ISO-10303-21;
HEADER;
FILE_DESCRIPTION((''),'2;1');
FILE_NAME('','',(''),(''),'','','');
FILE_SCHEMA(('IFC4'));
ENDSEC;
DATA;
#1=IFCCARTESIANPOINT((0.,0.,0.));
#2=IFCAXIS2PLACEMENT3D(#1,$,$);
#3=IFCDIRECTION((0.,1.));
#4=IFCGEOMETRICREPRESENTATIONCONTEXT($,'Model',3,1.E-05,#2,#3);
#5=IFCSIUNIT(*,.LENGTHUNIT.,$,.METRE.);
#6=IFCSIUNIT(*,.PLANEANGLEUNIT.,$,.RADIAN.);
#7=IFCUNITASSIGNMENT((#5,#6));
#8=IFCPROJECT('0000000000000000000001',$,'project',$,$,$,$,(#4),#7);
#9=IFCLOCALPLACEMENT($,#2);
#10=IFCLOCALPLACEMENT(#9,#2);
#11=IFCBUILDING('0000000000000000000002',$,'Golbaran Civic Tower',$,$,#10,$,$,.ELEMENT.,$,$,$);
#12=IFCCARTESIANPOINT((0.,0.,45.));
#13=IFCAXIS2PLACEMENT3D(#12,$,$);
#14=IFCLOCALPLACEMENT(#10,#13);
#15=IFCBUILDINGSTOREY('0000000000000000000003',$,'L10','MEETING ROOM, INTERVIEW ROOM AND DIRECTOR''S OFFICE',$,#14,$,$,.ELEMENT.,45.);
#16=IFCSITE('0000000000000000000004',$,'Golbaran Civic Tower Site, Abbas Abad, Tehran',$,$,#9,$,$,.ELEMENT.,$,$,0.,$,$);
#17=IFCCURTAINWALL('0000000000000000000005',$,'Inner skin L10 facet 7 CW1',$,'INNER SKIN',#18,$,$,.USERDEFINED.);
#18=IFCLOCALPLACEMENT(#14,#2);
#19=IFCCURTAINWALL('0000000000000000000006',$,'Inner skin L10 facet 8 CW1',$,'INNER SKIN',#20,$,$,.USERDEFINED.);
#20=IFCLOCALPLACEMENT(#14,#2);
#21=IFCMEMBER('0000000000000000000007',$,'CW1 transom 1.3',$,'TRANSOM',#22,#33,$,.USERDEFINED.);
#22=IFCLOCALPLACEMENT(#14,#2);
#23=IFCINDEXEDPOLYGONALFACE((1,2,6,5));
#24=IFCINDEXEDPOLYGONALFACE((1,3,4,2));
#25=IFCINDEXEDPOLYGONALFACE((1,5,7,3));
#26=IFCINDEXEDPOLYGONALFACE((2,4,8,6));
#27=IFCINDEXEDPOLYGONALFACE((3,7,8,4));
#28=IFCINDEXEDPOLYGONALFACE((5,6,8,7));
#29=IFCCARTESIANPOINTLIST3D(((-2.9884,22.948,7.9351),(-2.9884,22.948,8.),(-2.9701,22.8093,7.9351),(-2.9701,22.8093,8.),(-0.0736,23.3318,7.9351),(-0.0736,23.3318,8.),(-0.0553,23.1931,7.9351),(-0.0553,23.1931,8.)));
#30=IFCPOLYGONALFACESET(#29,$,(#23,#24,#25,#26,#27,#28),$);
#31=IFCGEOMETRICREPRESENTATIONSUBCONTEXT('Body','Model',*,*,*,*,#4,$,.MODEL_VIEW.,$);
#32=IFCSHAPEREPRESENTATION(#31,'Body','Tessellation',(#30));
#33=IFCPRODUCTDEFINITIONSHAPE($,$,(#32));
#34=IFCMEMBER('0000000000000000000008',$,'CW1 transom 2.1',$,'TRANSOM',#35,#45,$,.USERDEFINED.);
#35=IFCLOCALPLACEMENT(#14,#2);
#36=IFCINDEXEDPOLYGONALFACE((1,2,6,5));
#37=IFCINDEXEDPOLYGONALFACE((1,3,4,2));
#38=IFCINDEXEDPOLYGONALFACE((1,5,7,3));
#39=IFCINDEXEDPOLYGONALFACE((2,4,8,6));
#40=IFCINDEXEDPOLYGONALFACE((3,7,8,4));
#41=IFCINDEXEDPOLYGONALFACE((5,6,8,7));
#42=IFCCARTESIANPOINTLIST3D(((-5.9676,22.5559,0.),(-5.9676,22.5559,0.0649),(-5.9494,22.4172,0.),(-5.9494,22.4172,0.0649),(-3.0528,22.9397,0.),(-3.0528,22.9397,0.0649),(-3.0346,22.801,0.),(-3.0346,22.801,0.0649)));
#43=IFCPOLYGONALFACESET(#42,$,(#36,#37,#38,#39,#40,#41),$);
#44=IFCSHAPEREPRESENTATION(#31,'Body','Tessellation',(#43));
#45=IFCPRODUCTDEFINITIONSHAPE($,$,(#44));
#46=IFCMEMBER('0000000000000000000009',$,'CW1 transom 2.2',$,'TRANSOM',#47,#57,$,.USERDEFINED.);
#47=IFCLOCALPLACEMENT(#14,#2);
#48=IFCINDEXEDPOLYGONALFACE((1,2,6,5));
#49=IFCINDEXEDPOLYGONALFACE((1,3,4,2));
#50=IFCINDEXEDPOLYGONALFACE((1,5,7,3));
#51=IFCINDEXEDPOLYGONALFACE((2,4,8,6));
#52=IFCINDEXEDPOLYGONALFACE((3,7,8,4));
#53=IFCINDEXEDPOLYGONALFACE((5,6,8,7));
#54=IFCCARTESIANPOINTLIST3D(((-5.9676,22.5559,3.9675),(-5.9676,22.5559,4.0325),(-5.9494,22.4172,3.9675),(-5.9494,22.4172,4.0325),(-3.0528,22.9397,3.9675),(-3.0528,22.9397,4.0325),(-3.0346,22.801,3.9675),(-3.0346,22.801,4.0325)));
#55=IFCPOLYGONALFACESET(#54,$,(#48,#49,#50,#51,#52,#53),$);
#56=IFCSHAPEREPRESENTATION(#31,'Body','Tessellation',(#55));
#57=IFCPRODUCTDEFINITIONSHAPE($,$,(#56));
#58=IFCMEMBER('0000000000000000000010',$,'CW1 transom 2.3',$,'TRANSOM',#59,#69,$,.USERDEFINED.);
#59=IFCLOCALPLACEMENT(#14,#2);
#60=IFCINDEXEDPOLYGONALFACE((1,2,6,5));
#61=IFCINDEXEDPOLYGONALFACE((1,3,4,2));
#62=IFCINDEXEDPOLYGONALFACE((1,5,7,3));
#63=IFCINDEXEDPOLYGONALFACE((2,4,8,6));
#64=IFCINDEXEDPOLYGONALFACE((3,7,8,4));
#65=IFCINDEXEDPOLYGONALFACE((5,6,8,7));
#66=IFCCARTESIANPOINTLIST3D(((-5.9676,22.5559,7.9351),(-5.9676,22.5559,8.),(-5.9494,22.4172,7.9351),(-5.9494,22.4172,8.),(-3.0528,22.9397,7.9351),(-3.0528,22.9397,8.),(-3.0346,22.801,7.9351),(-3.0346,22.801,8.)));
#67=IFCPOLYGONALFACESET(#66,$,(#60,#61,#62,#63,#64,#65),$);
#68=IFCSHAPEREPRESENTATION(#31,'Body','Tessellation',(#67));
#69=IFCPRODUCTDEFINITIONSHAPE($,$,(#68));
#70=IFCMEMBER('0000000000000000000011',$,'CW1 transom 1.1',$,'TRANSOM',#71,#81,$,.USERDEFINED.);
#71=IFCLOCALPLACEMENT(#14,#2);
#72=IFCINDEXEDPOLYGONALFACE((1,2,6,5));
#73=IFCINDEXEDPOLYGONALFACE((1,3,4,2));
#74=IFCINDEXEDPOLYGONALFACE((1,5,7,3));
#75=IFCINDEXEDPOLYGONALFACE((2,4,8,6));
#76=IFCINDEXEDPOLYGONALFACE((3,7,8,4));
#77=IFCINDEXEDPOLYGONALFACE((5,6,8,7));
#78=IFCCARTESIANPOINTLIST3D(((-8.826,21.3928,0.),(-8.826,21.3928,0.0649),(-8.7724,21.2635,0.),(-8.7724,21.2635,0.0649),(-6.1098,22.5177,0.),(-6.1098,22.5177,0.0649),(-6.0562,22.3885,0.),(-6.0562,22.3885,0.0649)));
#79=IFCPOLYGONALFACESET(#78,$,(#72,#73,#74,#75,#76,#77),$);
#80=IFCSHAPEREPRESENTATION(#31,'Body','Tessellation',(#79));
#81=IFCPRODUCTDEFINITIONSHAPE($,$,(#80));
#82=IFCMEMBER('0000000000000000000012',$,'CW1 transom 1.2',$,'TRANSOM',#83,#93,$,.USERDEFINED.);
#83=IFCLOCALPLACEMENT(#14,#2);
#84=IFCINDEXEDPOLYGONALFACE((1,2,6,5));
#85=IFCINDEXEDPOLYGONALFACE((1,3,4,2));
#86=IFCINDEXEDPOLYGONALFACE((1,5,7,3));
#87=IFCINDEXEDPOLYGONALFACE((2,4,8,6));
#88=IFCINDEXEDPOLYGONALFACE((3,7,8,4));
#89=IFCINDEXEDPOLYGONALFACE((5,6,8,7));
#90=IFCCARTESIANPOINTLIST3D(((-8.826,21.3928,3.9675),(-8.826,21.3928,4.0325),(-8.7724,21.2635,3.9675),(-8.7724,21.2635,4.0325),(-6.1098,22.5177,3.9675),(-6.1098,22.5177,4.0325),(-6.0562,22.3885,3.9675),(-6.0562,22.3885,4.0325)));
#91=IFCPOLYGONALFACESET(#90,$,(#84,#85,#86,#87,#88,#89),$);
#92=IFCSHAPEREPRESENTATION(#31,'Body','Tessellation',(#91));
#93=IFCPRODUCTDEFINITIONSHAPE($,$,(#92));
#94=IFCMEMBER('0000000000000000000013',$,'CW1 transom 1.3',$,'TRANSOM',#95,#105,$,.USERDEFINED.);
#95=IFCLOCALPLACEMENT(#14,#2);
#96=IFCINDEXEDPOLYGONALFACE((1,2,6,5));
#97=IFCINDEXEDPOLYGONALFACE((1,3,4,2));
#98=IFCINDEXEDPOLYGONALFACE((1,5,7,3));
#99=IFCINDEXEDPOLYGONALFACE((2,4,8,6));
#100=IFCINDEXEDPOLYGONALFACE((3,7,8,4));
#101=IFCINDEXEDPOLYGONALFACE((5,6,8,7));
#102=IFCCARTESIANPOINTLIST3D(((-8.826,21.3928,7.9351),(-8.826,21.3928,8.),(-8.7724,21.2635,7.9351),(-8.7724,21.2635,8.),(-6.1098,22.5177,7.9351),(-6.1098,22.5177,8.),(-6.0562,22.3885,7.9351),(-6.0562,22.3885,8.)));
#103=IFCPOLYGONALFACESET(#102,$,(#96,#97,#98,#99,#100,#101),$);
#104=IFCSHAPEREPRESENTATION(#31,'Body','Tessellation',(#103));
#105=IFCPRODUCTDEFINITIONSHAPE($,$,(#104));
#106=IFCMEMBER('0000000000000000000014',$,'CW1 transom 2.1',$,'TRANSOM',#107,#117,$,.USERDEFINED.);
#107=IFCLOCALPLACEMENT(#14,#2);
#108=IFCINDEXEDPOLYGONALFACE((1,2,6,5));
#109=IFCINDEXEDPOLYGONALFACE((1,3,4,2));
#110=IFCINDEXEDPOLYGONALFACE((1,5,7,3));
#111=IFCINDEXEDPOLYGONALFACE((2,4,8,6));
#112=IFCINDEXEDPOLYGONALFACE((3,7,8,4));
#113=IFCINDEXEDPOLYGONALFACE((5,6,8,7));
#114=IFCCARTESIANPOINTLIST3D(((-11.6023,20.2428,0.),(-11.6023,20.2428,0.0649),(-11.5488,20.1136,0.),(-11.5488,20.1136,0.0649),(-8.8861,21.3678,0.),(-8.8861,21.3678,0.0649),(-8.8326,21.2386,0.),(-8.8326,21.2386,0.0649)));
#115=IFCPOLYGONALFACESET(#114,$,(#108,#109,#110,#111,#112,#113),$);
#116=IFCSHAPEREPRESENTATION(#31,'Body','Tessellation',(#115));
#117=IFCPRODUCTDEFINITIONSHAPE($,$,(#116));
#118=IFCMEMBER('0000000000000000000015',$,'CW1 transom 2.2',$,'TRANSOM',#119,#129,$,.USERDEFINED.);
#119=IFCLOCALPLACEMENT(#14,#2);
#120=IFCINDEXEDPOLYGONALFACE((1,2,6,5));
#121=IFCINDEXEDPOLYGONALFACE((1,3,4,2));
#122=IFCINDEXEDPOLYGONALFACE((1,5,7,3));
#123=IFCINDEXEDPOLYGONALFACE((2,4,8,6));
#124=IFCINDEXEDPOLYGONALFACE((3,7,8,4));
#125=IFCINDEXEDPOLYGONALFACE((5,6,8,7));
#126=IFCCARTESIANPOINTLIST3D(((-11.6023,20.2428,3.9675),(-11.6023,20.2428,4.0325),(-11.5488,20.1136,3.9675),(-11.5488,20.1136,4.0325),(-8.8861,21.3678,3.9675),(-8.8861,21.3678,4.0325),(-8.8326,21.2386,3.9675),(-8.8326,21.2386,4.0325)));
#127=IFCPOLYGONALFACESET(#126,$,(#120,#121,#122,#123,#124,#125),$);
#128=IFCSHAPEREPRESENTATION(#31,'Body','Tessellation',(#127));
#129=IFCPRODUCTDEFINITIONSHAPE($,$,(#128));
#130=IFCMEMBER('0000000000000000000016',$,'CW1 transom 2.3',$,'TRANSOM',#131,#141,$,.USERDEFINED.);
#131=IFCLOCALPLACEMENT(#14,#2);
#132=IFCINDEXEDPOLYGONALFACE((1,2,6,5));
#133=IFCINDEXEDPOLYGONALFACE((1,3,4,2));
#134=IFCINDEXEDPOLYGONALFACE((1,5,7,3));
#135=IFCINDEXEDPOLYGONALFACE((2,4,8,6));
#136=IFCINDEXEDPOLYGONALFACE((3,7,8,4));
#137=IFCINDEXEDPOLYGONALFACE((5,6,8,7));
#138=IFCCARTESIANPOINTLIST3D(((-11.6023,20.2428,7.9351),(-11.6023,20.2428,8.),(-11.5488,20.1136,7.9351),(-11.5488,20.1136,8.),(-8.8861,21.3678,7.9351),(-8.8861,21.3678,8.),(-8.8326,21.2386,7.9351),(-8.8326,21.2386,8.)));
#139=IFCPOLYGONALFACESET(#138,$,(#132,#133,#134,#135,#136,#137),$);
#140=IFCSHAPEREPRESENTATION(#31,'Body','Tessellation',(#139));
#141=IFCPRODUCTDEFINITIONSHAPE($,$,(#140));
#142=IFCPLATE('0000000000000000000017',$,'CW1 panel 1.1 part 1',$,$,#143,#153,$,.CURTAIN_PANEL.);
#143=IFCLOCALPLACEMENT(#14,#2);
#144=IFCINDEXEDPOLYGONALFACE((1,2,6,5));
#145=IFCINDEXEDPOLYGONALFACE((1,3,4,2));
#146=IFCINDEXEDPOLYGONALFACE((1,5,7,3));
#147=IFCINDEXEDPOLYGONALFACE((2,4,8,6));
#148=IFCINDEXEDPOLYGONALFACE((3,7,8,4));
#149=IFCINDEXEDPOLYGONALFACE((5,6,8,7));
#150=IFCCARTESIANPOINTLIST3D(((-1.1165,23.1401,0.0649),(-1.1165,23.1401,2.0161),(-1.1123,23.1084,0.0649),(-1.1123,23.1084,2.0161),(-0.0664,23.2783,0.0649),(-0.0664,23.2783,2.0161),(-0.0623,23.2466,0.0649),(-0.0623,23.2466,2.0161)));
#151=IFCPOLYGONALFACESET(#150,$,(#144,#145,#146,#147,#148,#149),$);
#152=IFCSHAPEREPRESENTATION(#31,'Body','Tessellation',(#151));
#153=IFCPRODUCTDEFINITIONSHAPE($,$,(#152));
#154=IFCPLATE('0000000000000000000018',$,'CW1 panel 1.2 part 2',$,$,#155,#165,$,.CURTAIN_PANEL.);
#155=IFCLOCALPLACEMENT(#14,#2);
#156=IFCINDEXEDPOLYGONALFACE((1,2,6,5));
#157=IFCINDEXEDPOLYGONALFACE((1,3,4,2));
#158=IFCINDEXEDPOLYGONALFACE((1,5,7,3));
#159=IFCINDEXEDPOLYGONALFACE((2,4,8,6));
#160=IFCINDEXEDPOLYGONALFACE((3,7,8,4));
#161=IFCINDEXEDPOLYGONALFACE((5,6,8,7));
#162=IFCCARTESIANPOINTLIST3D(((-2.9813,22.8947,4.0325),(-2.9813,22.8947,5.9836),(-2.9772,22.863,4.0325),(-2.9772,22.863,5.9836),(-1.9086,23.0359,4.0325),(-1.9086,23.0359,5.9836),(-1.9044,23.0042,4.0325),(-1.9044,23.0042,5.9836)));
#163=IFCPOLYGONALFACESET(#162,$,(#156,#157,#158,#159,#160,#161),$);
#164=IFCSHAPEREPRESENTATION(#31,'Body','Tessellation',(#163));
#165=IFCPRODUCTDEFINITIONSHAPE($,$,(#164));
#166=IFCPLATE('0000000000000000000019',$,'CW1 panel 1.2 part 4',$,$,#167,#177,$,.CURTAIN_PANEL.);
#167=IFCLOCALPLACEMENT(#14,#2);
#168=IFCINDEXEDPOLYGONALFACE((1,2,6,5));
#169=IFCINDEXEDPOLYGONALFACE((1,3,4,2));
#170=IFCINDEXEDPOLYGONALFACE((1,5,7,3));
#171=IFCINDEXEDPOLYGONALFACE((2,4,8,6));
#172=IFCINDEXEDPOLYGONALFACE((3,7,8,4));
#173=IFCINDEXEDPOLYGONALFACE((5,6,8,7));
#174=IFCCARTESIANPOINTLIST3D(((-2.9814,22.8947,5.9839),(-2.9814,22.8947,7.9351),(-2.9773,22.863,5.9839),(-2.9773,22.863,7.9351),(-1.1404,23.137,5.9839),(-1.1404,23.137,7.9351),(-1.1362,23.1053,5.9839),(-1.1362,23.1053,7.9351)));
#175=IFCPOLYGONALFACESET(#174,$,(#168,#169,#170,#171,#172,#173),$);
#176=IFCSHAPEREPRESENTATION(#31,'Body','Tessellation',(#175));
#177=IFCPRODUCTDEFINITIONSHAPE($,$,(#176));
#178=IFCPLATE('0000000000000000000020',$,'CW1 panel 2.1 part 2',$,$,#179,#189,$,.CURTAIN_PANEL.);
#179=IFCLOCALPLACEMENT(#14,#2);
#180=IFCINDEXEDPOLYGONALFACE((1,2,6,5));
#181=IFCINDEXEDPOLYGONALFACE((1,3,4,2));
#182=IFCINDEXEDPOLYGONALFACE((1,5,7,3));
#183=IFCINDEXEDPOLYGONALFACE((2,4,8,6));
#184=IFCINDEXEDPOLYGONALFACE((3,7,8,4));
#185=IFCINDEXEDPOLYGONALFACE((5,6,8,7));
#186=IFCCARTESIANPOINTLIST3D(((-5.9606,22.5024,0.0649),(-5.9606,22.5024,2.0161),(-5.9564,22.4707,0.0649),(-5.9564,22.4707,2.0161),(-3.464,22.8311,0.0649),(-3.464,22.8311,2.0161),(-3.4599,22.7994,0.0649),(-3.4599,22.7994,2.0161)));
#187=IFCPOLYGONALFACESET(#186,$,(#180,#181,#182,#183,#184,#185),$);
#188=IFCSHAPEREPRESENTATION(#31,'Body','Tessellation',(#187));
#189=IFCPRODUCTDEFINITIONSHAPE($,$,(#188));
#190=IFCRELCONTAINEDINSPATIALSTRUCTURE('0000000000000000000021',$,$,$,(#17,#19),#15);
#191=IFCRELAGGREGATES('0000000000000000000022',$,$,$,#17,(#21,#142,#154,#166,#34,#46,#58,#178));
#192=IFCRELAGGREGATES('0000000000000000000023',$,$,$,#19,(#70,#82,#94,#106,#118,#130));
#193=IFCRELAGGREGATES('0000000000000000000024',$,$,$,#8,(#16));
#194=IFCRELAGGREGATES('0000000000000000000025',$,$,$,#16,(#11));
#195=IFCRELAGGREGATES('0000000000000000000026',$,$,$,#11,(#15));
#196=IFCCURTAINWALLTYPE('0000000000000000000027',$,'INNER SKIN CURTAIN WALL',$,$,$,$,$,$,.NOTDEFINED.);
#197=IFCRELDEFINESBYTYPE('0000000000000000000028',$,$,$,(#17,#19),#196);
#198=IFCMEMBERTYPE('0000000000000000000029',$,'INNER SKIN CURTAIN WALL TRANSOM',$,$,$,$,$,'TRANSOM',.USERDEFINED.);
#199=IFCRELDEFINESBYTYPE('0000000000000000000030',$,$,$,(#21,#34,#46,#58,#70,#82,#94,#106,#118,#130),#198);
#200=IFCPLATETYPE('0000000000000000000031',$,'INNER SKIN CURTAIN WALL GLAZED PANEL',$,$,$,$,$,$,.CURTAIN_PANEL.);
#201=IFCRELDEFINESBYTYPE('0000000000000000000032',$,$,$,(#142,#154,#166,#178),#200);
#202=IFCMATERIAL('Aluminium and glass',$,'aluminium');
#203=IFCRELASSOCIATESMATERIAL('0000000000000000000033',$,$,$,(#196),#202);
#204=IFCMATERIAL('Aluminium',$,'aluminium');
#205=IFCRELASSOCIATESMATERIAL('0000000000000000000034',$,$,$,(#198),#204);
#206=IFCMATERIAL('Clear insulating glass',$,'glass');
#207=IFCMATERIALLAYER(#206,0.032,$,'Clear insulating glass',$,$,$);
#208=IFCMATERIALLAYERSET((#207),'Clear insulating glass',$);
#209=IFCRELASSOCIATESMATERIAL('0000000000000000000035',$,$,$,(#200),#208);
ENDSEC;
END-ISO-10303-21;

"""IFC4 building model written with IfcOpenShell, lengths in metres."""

from ifc_helpers import new_model, si_unit, direction, frame, origin, origin_2d, place, context, subcontext, project, spatial, rectangle, extrude, material, layer, layer_set, material_profile, profile_set, type_object, element, aggregate, save


model = new_model("IFC4")

# Units and contexts
model_context = context("Model", 3, precision=1e-05, world=origin(), true_north=direction((0.0, 1.0)))
body_context = subcontext(model_context, "Body", "Model", "MODEL_VIEW")
ifc_project = project(units=[si_unit("LENGTHUNIT", "METRE"), si_unit("PLANEANGLEUNIT", "RADIAN")], contexts=[model_context])

# Site, building, storey
site_placement = place(None, origin())
site = spatial("IfcSite", under=ifc_project, at=site_placement, Name="Golbaran Civic Tower Site, Abbas Abad, Tehran", CompositionType="ELEMENT", RefElevation=0.0)
building_placement = place(site_placement, origin())
building = spatial("IfcBuilding", under=site, at=building_placement, Name="Golbaran Civic Tower", CompositionType="ELEMENT")
storey_placement = place(building_placement, frame((0.0, 0.0, 45.0)))
storey = spatial("IfcBuildingStorey", under=building, at=storey_placement, Name="L10", Description="MEETING ROOM, INTERVIEW ROOM AND DIRECTOR'S OFFICE", CompositionType="ELEMENT", Elevation=45.0)

# Curtain walls
ifc_material_1 = material(Name="Aluminium and glass", Category="aluminium")
curtain_wall_type = type_object("IfcCurtainWallType", Name="INNER SKIN CURTAIN WALL", PredefinedType="NOTDEFINED", material=ifc_material_1)
curtain_wall_1_placement = place(storey_placement, origin())
curtain_wall_1 = element("IfcCurtainWall", 1, at=curtain_wall_1_placement, inside=storey, type_object=curtain_wall_type, Name="Inner skin L10 facet 7 CW1", ObjectType="INNER SKIN", PredefinedType="USERDEFINED")
ifc_material_2 = material(Name="Aluminium", Category="aluminium")
curtain_wall_2_placement = place(storey_placement, origin())
curtain_wall_2 = element("IfcCurtainWall", 2, at=curtain_wall_2_placement, inside=storey, type_object=curtain_wall_type, Name="Inner skin L10 facet 8 CW1", ObjectType="INNER SKIN", PredefinedType="USERDEFINED")

# Members
ifc_material_profile_1 = material_profile(ifc_material_2, rectangle(XDim=0.1399, YDim=0.0649, at=origin_2d()), Name="INNER SKIN CURTAIN WALL TRANSOM")
ifc_profile_set_1 = profile_set([ifc_material_profile_1], Name="Aluminium")
member_type_1 = type_object("IfcMemberType", Name="INNER SKIN CURTAIN WALL TRANSOM", ElementType="TRANSOM", PredefinedType="USERDEFINED", material=ifc_profile_set_1)
member_1_placement = place(storey_placement, frame((-0.0645, 23.2625, 7.9675), z_axis=(-0.991443, -0.130543, 0.0), x_axis=(0.130543, -0.991443, 0.0)))
member_1 = element("IfcMember", 3, at=member_1_placement, type_object=member_type_1, Name="CW1 transom 1.3", ObjectType="TRANSOM", PredefinedType="USERDEFINED", context=body_context, shape_type="SweptSolid", body=[
    extrude(rectangle(XDim=0.1399, YDim=0.0649, at=origin_2d()), origin(), (0.0, 0.0, 1.0), 2.9399),
])
member_2_placement = place(storey_placement, frame((-3.0437, 22.8704, 0.0325), z_axis=(-0.991443, -0.130543, 0.0), x_axis=(0.130543, -0.991443, 0.0)))
member_2 = element("IfcMember", 4, at=member_2_placement, type_object=member_type_1, Name="CW1 transom 2.1", ObjectType="TRANSOM", PredefinedType="USERDEFINED", context=body_context, shape_type="SweptSolid", body=[
    extrude(rectangle(XDim=0.1399, YDim=0.0649, at=origin_2d()), origin(), (0.0, 0.0, 1.0), 2.9399),
])
member_3_placement = place(storey_placement, frame((-3.0437, 22.8704, 4.0), z_axis=(-0.991443, -0.130543, 0.0), x_axis=(0.130543, -0.991443, 0.0)))
member_3 = element("IfcMember", 5, at=member_3_placement, type_object=member_type_1, Name="CW1 transom 2.2", ObjectType="TRANSOM", PredefinedType="USERDEFINED", context=body_context, shape_type="SweptSolid", body=[
    extrude(rectangle(XDim=0.1399, YDim=0.0649, at=origin_2d()), origin(), (0.0, 0.0, 1.0), 2.9399),
])
member_4_placement = place(storey_placement, frame((-3.0437, 22.8704, 7.9675), z_axis=(-0.991443, -0.130543, 0.0), x_axis=(0.130543, -0.991443, 0.0)))
member_4 = element("IfcMember", 6, at=member_4_placement, type_object=member_type_1, Name="CW1 transom 2.3", ObjectType="TRANSOM", PredefinedType="USERDEFINED", context=body_context, shape_type="SweptSolid", body=[
    extrude(rectangle(XDim=0.1399, YDim=0.0649, at=origin_2d()), origin(), (0.0, 0.0, 1.0), 2.9399),
])
member_5_placement = place(storey_placement, frame((-6.083, 22.4531, 0.0325), z_axis=(-0.923895, -0.382645, 0.0), x_axis=(0.382645, -0.923895, 0.0)))
member_5 = element("IfcMember", 7, at=member_5_placement, type_object=member_type_1, Name="CW1 transom 1.1", ObjectType="TRANSOM", PredefinedType="USERDEFINED", context=body_context, shape_type="SweptSolid", body=[
    extrude(rectangle(XDim=0.1399, YDim=0.0649, at=origin_2d()), origin(), (0.0, 0.0, 1.0), 2.9399),
])
member_6_placement = place(storey_placement, frame((-6.083, 22.4531, 4.0), z_axis=(-0.923895, -0.382645, 0.0), x_axis=(0.382645, -0.923895, 0.0)))
member_6 = element("IfcMember", 8, at=member_6_placement, type_object=member_type_1, Name="CW1 transom 1.2", ObjectType="TRANSOM", PredefinedType="USERDEFINED", context=body_context, shape_type="SweptSolid", body=[
    extrude(rectangle(XDim=0.1399, YDim=0.0649, at=origin_2d()), origin(), (0.0, 0.0, 1.0), 2.9399),
])
member_7_placement = place(storey_placement, frame((-6.083, 22.4531, 7.9675), z_axis=(-0.923895, -0.382645, 0.0), x_axis=(0.382645, -0.923895, 0.0)))
member_7 = element("IfcMember", 9, at=member_7_placement, type_object=member_type_1, Name="CW1 transom 1.3", ObjectType="TRANSOM", PredefinedType="USERDEFINED", context=body_context, shape_type="SweptSolid", body=[
    extrude(rectangle(XDim=0.1399, YDim=0.0649, at=origin_2d()), origin(), (0.0, 0.0, 1.0), 2.9399),
])
member_8_placement = place(storey_placement, frame((-8.8594, 21.3032, 0.0325), z_axis=(-0.923883, -0.382675, 0.0), x_axis=(0.382675, -0.923883, 0.0)))
member_8 = element("IfcMember", 10, at=member_8_placement, type_object=member_type_1, Name="CW1 transom 2.1", ObjectType="TRANSOM", PredefinedType="USERDEFINED", context=body_context, shape_type="SweptSolid", body=[
    extrude(rectangle(XDim=0.1399, YDim=0.0649, at=origin_2d()), origin(), (0.0, 0.0, 1.0), 2.9399),
])
member_9_placement = place(storey_placement, frame((-8.8594, 21.3032, 4.0), z_axis=(-0.923883, -0.382675, 0.0), x_axis=(0.382675, -0.923883, 0.0)))
member_9 = element("IfcMember", 11, at=member_9_placement, type_object=member_type_1, Name="CW1 transom 2.2", ObjectType="TRANSOM", PredefinedType="USERDEFINED", context=body_context, shape_type="SweptSolid", body=[
    extrude(rectangle(XDim=0.1399, YDim=0.0649, at=origin_2d()), origin(), (0.0, 0.0, 1.0), 2.9399),
])
member_10_placement = place(storey_placement, frame((-8.8594, 21.3032, 7.9675), z_axis=(-0.923883, -0.382675, 0.0), x_axis=(0.382675, -0.923883, 0.0)))
member_10 = element("IfcMember", 12, at=member_10_placement, type_object=member_type_1, Name="CW1 transom 2.3", ObjectType="TRANSOM", PredefinedType="USERDEFINED", context=body_context, shape_type="SweptSolid", body=[
    extrude(rectangle(XDim=0.1399, YDim=0.0649, at=origin_2d()), origin(), (0.0, 0.0, 1.0), 2.9399),
])

# Plates
ifc_material_3 = material(Name="Clear insulating glass", Category="glass")
ifc_layer_1 = layer(ifc_material_3, 0.032, Name="Clear insulating glass")
ifc_layer_set_1 = layer_set([ifc_layer_1], Name="Clear insulating glass")
plate_type_1 = type_object("IfcPlateType", Name="INNER SKIN CURTAIN WALL GLAZED PANEL", PredefinedType="CURTAIN_PANEL", material=ifc_layer_set_1)
plate_1_placement = place(storey_placement, frame((-0.5894, 23.1934, 0.0649), z_axis=(0.0, 0.0, 1.0), x_axis=(-0.991445, -0.130526, 0.0)))
plate_1 = element("IfcPlate", 13, at=plate_1_placement, type_object=plate_type_1, Name="CW1 panel 1.1 part 1", PredefinedType="CURTAIN_PANEL", context=body_context, shape_type="SweptSolid", body=[
    extrude(rectangle(XDim=1.0591, YDim=0.032, at=origin_2d()), origin(), (0.0, 0.0, 1.0), 1.9512),
])
plate_2_placement = place(storey_placement, frame((-2.4429, 22.9495, 4.0325), z_axis=(0.0, 0.0, 1.0), x_axis=(-0.991445, -0.130526, 0.0)))
plate_2 = element("IfcPlate", 14, at=plate_2_placement, type_object=plate_type_1, Name="CW1 panel 1.2 part 2", PredefinedType="CURTAIN_PANEL", context=body_context, shape_type="SweptSolid", body=[
    extrude(rectangle(XDim=1.082, YDim=0.032, at=origin_2d()), origin(), (0.0, 0.0, 1.0), 1.9512),
])
plate_3_placement = place(storey_placement, frame((-2.0588, 23.0, 5.9839), z_axis=(0.0, 0.0, 1.0), x_axis=(-0.991445, -0.130526, 0.0)))
plate_3 = element("IfcPlate", 15, at=plate_3_placement, type_object=plate_type_1, Name="CW1 panel 1.2 part 4", PredefinedType="CURTAIN_PANEL", context=body_context, shape_type="SweptSolid", body=[
    extrude(rectangle(XDim=1.8569, YDim=0.032, at=origin_2d()), origin(), (0.0, 0.0, 1.0), 1.9512),
])
plate_4_placement = place(storey_placement, frame((-4.7102, 22.6509, 0.0649), z_axis=(0.0, 0.0, 1.0), x_axis=(-0.991445, -0.130526, 0.0)))
plate_4 = element("IfcPlate", 16, at=plate_4_placement, type_object=plate_type_1, Name="CW1 panel 2.1 part 2", PredefinedType="CURTAIN_PANEL", context=body_context, shape_type="SweptSolid", body=[
    extrude(rectangle(XDim=2.5181, YDim=0.032, at=origin_2d()), origin(), (0.0, 0.0, 1.0), 1.9512),
])
aggregate(curtain_wall_1, [member_1, plate_1, plate_2, plate_3, member_2, member_3, member_4, plate_4])
aggregate(curtain_wall_2, [member_5, member_6, member_7, member_8, member_9, member_10])

save(model, "model.ifc")
